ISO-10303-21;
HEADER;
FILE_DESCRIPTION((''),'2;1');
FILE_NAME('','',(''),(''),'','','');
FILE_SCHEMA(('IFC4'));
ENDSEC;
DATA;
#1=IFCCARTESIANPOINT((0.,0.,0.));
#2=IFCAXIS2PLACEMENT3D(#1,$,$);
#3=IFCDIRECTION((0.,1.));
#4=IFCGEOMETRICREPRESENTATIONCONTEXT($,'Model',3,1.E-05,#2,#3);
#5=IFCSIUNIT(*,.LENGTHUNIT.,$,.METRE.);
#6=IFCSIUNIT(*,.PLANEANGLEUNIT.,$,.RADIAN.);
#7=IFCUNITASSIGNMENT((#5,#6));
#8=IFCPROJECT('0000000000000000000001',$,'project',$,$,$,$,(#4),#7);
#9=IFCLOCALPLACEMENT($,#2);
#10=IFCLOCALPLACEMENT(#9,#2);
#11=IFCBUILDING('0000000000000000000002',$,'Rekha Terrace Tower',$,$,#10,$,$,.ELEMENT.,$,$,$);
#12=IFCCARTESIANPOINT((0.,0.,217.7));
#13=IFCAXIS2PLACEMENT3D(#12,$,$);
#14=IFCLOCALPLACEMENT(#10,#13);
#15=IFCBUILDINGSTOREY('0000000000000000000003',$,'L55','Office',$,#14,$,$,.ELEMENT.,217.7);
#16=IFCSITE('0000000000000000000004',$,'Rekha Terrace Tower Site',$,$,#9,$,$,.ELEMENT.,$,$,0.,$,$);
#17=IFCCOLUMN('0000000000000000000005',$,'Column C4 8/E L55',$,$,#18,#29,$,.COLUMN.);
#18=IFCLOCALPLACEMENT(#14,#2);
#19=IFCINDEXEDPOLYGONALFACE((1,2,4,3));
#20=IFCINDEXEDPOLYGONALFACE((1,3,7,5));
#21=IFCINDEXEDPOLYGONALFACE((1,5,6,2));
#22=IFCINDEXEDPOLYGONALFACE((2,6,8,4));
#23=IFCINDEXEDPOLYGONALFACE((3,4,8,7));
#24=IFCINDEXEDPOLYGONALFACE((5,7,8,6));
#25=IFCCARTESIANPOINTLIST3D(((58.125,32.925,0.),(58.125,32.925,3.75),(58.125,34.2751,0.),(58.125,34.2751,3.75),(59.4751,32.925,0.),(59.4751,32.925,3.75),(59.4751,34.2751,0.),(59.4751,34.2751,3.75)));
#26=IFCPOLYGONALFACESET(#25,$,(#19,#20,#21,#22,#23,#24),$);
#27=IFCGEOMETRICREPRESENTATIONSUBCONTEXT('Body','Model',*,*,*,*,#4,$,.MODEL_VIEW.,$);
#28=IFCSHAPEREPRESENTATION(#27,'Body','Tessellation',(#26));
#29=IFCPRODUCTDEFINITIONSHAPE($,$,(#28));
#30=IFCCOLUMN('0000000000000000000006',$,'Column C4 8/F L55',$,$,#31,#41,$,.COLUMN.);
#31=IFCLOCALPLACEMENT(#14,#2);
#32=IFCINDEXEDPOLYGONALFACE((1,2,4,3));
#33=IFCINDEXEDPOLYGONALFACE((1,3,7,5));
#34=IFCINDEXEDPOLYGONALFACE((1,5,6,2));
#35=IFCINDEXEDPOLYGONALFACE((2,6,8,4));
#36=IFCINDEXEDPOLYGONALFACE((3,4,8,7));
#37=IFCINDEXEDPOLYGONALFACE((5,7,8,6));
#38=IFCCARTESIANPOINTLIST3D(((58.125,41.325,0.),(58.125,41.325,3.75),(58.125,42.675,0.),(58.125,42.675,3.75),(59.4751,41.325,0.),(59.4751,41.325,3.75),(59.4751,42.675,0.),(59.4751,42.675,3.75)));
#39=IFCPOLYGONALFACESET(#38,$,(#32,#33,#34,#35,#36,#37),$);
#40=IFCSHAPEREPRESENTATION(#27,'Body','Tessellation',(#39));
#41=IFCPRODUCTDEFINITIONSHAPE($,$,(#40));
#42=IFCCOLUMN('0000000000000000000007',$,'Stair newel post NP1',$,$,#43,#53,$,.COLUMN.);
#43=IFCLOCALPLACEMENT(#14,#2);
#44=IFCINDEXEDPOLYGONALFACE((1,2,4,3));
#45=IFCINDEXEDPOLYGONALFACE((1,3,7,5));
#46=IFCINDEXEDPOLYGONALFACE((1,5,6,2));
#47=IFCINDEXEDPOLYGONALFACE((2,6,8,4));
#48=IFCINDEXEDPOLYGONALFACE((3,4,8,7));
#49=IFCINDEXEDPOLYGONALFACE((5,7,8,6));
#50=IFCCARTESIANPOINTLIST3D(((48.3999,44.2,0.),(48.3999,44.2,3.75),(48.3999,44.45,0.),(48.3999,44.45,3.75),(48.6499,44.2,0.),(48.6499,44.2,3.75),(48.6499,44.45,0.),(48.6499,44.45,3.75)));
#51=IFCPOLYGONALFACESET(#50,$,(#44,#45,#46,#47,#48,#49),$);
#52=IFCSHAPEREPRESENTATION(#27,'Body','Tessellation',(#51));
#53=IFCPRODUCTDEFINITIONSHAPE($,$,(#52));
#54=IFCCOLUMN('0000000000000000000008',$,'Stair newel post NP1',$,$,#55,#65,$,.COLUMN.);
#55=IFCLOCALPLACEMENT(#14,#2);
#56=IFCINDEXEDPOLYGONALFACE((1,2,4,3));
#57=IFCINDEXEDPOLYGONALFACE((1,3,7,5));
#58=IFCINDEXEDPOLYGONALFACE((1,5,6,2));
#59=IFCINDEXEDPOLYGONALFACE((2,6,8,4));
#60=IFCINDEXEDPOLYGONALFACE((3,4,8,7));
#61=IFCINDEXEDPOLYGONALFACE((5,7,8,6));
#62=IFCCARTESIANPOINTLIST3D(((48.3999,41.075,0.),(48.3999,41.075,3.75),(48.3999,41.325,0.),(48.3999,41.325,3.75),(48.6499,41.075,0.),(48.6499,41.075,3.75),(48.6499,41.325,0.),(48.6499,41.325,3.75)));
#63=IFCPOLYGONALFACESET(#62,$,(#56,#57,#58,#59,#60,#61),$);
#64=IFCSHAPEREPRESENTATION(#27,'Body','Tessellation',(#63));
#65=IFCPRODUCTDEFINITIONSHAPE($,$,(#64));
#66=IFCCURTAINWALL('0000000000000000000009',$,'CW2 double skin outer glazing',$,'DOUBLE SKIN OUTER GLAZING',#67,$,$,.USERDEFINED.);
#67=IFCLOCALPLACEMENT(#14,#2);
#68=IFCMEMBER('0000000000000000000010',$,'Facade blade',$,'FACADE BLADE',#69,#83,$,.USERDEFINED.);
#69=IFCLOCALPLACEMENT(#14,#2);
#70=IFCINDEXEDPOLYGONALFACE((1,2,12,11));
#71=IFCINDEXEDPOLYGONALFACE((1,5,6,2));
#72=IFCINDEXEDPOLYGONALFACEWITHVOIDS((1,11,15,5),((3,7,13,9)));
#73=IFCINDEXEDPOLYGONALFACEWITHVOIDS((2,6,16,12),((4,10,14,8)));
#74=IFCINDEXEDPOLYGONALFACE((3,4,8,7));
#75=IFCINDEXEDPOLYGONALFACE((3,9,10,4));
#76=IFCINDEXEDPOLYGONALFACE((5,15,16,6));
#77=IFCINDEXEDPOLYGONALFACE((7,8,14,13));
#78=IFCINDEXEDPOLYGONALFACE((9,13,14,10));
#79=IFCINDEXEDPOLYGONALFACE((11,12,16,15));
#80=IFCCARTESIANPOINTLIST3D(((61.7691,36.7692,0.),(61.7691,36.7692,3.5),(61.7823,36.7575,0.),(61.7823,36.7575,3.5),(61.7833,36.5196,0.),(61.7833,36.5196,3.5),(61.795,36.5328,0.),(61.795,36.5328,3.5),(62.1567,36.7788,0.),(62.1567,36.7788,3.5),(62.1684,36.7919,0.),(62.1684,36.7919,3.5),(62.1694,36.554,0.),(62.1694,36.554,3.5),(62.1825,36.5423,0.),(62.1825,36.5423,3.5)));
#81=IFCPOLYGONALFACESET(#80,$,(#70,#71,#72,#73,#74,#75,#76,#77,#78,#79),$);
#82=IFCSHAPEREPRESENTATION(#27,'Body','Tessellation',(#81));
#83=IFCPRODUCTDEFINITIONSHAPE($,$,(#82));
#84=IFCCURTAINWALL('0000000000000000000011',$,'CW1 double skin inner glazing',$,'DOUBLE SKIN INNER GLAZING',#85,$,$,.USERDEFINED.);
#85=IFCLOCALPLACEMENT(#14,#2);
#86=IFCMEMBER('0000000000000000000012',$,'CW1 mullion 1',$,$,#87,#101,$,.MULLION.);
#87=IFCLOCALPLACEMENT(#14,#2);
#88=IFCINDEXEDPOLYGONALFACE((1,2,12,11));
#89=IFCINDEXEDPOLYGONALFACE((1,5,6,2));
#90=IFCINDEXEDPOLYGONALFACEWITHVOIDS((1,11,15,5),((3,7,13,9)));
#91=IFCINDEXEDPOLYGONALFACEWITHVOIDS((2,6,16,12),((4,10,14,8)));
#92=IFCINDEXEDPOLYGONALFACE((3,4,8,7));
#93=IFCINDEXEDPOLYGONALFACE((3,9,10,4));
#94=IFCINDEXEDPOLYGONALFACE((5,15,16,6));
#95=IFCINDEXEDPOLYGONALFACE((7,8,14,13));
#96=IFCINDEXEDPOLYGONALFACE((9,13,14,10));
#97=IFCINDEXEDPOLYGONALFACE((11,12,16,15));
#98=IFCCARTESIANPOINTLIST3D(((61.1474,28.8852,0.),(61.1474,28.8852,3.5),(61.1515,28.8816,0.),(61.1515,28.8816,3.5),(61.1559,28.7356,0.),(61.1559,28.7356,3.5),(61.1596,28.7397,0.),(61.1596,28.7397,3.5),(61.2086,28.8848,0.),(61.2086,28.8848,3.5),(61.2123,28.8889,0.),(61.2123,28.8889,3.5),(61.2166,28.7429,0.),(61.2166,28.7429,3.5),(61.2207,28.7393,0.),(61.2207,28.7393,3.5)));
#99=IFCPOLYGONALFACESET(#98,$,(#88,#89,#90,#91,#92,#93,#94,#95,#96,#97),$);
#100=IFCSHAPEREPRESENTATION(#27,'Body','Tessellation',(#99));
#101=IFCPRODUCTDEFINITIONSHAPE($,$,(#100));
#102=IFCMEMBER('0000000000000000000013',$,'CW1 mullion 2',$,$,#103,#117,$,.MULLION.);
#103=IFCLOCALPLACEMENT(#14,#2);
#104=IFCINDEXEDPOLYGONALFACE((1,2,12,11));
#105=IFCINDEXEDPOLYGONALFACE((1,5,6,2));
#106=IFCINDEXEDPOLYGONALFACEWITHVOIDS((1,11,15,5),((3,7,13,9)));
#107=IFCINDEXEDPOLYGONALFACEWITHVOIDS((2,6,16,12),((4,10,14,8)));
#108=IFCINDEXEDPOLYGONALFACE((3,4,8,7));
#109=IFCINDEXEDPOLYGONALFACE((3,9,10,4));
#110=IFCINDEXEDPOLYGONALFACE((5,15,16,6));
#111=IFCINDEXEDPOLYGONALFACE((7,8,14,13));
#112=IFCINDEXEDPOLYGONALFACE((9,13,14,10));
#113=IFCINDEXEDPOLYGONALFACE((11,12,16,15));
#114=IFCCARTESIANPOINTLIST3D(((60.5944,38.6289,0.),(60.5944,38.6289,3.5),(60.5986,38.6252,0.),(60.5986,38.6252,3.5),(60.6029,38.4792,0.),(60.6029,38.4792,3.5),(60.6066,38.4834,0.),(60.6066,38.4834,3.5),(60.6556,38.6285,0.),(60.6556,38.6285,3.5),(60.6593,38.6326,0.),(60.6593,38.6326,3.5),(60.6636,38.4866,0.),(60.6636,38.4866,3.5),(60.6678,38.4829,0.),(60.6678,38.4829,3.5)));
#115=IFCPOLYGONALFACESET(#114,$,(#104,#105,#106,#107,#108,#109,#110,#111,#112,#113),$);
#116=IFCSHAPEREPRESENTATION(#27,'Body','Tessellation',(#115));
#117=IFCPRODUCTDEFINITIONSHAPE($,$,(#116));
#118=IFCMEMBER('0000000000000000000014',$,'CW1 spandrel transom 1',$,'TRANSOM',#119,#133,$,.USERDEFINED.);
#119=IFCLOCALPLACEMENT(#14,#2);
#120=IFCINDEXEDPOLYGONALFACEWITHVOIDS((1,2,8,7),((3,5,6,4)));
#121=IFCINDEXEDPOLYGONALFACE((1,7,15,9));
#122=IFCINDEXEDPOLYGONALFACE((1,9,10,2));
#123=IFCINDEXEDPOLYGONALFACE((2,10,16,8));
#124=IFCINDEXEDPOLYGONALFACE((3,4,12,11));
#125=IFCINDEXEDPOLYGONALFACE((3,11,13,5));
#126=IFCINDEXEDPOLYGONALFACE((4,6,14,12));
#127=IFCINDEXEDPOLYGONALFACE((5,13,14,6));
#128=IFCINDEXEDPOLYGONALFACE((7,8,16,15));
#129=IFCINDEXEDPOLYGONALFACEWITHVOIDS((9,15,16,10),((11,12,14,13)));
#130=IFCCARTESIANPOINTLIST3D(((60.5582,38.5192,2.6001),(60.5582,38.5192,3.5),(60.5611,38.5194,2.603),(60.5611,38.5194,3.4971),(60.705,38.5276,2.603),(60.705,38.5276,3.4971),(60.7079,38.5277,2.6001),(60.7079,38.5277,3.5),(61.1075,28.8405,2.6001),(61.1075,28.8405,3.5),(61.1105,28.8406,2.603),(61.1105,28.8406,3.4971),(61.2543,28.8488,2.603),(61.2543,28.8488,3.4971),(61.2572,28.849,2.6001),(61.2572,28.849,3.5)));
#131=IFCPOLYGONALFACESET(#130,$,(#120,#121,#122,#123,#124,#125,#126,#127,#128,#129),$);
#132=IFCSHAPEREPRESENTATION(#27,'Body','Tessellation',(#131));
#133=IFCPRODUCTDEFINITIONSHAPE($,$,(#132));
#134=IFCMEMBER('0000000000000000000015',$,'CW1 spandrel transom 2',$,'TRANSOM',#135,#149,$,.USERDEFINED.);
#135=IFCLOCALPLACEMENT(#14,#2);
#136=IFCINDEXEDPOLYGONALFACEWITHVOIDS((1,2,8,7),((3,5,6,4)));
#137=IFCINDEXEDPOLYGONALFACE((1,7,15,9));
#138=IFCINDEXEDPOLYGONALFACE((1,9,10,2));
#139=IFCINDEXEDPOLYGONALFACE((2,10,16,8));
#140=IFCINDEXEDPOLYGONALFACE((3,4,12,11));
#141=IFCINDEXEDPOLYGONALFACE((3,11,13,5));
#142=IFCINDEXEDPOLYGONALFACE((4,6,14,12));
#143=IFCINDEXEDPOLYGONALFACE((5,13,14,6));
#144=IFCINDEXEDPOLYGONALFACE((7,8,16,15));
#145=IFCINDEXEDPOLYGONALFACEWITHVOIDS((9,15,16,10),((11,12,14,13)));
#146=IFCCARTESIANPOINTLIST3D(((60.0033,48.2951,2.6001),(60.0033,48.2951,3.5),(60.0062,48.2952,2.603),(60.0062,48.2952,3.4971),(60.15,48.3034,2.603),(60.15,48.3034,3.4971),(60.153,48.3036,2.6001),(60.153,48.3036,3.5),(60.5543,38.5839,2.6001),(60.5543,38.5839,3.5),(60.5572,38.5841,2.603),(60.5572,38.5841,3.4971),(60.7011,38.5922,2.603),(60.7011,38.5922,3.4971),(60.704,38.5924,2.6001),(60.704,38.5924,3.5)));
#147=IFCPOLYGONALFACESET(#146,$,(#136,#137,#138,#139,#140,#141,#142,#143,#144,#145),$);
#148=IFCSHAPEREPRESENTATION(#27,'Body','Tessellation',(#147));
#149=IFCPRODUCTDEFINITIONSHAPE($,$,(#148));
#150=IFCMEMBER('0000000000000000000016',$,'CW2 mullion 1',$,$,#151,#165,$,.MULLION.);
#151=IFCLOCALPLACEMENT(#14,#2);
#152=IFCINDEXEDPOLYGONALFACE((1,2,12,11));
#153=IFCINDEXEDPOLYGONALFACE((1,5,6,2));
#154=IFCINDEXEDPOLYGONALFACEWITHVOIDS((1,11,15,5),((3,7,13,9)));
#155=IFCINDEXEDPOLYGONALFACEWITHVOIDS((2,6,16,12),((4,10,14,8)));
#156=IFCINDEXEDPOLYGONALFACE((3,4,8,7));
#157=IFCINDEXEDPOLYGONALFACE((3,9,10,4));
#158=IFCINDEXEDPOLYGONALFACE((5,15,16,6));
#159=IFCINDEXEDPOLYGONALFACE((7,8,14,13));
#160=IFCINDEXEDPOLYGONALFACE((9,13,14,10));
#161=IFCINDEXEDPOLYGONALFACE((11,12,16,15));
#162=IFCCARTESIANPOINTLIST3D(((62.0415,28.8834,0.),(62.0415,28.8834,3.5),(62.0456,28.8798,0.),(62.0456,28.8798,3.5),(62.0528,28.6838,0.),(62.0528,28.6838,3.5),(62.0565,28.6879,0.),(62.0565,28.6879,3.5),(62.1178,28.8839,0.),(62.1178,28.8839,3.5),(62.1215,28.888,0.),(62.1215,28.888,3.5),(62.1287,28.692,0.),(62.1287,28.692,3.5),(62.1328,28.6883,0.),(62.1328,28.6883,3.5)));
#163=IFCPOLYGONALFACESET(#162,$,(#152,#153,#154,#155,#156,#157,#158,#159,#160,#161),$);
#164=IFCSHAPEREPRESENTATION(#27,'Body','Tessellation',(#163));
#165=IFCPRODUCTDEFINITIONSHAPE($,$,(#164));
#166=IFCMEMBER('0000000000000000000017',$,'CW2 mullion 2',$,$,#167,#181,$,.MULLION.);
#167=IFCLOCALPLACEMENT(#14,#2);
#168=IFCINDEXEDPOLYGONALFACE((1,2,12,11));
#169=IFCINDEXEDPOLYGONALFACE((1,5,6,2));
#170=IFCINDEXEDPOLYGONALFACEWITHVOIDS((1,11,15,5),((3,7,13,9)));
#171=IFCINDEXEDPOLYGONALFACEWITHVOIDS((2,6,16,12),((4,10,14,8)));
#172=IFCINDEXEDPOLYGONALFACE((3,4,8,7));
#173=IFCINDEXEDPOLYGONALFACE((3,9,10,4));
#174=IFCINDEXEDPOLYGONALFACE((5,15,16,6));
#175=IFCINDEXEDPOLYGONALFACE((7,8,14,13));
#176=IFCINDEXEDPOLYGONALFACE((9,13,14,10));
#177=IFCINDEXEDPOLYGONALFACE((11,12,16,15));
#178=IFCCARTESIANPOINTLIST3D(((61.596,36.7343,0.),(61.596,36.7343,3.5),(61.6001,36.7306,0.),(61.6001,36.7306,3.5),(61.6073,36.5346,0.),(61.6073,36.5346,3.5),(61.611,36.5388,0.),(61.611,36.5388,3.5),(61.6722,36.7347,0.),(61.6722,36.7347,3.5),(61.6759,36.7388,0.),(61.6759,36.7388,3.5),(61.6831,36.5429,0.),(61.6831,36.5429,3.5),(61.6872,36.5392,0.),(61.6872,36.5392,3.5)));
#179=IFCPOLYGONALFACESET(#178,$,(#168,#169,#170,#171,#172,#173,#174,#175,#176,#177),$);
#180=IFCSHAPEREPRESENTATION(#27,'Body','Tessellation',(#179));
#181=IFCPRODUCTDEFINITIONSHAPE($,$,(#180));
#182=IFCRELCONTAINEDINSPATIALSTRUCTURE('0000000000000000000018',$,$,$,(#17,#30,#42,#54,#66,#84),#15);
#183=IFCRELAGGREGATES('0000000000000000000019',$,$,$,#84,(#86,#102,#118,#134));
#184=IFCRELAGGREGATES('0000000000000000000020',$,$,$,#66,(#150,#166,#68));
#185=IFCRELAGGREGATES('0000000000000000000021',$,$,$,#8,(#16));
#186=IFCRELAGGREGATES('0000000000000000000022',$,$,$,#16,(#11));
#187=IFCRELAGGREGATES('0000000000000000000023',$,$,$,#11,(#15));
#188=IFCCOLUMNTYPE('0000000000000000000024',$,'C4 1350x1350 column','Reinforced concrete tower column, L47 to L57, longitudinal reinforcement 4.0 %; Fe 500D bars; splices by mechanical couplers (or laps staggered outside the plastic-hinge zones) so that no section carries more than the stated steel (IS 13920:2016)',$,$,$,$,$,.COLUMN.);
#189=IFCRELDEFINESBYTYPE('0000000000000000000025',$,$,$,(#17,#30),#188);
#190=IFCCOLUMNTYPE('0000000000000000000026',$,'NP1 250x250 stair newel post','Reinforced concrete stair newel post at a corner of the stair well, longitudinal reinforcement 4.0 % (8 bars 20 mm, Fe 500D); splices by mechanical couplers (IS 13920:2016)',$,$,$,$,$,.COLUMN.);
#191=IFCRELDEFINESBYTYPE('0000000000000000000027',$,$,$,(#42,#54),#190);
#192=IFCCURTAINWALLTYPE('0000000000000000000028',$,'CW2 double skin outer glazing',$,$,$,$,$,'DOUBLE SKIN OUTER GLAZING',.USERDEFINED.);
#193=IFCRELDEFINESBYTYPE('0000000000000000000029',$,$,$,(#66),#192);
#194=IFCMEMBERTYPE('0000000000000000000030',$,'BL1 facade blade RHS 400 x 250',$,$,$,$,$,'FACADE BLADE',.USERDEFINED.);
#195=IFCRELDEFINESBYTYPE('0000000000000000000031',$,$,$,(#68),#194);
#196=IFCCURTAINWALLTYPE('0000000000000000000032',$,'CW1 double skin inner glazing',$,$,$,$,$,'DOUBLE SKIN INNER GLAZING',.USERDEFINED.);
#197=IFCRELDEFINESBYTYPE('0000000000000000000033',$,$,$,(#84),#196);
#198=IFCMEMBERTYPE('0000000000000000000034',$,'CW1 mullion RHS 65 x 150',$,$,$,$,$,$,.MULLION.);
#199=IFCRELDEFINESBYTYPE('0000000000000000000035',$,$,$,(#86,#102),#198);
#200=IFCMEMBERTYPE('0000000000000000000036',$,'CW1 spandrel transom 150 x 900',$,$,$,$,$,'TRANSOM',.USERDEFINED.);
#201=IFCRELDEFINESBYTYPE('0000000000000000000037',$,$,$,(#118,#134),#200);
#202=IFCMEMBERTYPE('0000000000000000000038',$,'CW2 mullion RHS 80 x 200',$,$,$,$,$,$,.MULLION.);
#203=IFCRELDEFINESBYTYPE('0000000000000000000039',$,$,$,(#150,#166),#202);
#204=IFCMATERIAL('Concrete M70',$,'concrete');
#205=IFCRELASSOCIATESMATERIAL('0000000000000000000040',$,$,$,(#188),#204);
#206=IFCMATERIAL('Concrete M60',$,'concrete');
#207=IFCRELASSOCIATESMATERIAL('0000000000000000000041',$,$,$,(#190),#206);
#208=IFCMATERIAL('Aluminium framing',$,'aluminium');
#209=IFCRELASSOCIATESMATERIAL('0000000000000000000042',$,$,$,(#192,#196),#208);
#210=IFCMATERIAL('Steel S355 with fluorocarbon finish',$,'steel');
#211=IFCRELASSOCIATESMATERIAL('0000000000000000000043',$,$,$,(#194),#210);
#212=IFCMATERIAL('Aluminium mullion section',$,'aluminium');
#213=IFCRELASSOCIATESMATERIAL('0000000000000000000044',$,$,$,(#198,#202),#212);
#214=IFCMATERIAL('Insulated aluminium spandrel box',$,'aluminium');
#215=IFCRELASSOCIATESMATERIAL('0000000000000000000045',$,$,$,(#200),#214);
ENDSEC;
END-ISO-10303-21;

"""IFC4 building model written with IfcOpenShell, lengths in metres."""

from ifc_helpers import new_model, si_unit, direction, frame, origin, origin_2d, place, context, subcontext, project, spatial, rectangle, hollow_rectangle, extrude, material, material_profile, profile_set, type_object, element, aggregate, save


model = new_model("IFC4")

# Units and contexts
model_context = context("Model", 3, precision=1e-05, world=origin(), true_north=direction((0.0, 1.0)))
body_context = subcontext(model_context, "Body", "Model", "MODEL_VIEW")
ifc_project = project(units=[si_unit("LENGTHUNIT", "METRE"), si_unit("PLANEANGLEUNIT", "RADIAN")], contexts=[model_context])

# Site, building, storey
site_placement = place(None, origin())
site = spatial("IfcSite", under=ifc_project, at=site_placement, Name="Rekha Terrace Tower Site", CompositionType="ELEMENT", RefElevation=0.0)
building_placement = place(site_placement, origin())
building = spatial("IfcBuilding", under=site, at=building_placement, Name="Rekha Terrace Tower", CompositionType="ELEMENT")
storey_placement = place(building_placement, frame((0.0, 0.0, 217.7)))
storey = spatial("IfcBuildingStorey", under=building, at=storey_placement, Name="L55", Description="Office", CompositionType="ELEMENT", Elevation=217.7)

# Columns
ifc_material_1 = material(Name="Concrete M70", Category="concrete")
ifc_material_profile_1 = material_profile(ifc_material_1, rectangle(XDim=1.3501, YDim=1.3501, at=origin_2d()), Name="RC 1350x1350")
ifc_profile_set_1 = profile_set([ifc_material_profile_1], Name="Concrete M70")
column_type_1 = type_object("IfcColumnType", Name="C4 1350x1350 column", Description="Reinforced concrete tower column, L47 to L57, longitudinal reinforcement 4.0 %; Fe 500D bars; splices by mechanical couplers (or laps staggered outside the plastic-hinge zones) so that no section carries more than the stated steel (IS 13920:2016)", PredefinedType="COLUMN", material=ifc_profile_set_1)
for number, where, z_axis, x_axis, name in (
    (1, (58.8, 33.6001, 0.0), (0.0, 0.0, 1.0), (1.0, 0.0, 0.0), "Column C4 8/E L55"),
    (2, (58.8, 42.0, 0.0), (0.0, 0.0, 1.0), (1.0, 0.0, 0.0), "Column C4 8/F L55"),
):
    element("IfcColumn", number, at=place(storey_placement, frame(where, z_axis=z_axis, x_axis=x_axis)), inside=storey, type_object=column_type_1, Name=name, PredefinedType="COLUMN", context=body_context, shape_type="SweptSolid", body=[
        extrude(rectangle(XDim=1.3501, YDim=1.3501, at=origin_2d()), origin(), (0.0, 0.0, 1.0), 3.75),
    ])
ifc_material_2 = material(Name="Concrete M60", Category="concrete")
ifc_material_profile_2 = material_profile(ifc_material_2, rectangle(XDim=0.25, YDim=0.25, at=origin_2d()), Name="RC 250x250")
ifc_profile_set_2 = profile_set([ifc_material_profile_2], Name="Concrete M60")
column_type_2 = type_object("IfcColumnType", Name="NP1 250x250 stair newel post", Description="Reinforced concrete stair newel post at a corner of the stair well, longitudinal reinforcement 4.0 % (8 bars 20 mm, Fe 500D); splices by mechanical couplers (IS 13920:2016)", PredefinedType="COLUMN", material=ifc_profile_set_2)
for number, where, z_axis, x_axis, name in (
    (3, (48.5249, 44.325, 0.0), (0.0, 0.0, 1.0), (1.0, 0.0, 0.0), "Stair newel post NP1"),
    (4, (48.5249, 41.2, 0.0), (0.0, 0.0, 1.0), (1.0, 0.0, 0.0), "Stair newel post NP1"),
):
    element("IfcColumn", number, at=place(storey_placement, frame(where, z_axis=z_axis, x_axis=x_axis)), inside=storey, type_object=column_type_2, Name=name, PredefinedType="COLUMN", context=body_context, shape_type="SweptSolid", body=[
        extrude(rectangle(XDim=0.25, YDim=0.25, at=origin_2d()), origin(), (0.0, 0.0, 1.0), 3.75),
    ])

# Curtain wall, member
ifc_material_3 = material(Name="Aluminium framing", Category="aluminium")
curtain_wall_type_1 = type_object("IfcCurtainWallType", Name="CW2 double skin outer glazing", ElementType="DOUBLE SKIN OUTER GLAZING", PredefinedType="USERDEFINED", material=ifc_material_3)
curtain_wall_1_placement = place(storey_placement, origin())
curtain_wall_1 = element("IfcCurtainWall", 5, at=curtain_wall_1_placement, inside=storey, type_object=curtain_wall_type_1, Name="CW2 double skin outer glazing", ObjectType="DOUBLE SKIN OUTER GLAZING", PredefinedType="USERDEFINED")
ifc_material_4 = material(Name="Steel S355 with fluorocarbon finish", Category="steel")
ifc_material_profile_3 = material_profile(ifc_material_4, hollow_rectangle(XDim=0.25, YDim=0.3999, WallThickness=0.0125, at=origin_2d()), Name="RHS400x250x12.5")
ifc_profile_set_3 = profile_set([ifc_material_profile_3], Name="Steel S355 with fluorocarbon finish")
member_type_1 = type_object("IfcMemberType", Name="BL1 facade blade RHS 400 x 250", ElementType="FACADE BLADE", PredefinedType="USERDEFINED", material=ifc_profile_set_3)
member_1_placement = place(storey_placement, frame((61.9758, 36.6558, 0.0), z_axis=(0.0, 0.0, 1.0), x_axis=(-0.056674, 0.998393, 0.0)))
member_1 = element("IfcMember", 6, at=member_1_placement, type_object=member_type_1, Name="Facade blade", ObjectType="FACADE BLADE", PredefinedType="USERDEFINED", context=body_context, shape_type="SweptSolid", body=[
    extrude(hollow_rectangle(XDim=0.25, YDim=0.3999, WallThickness=0.0125, at=origin_2d()), origin(), (0.0, 0.0, 1.0), 3.5),
])

# Curtain wall, members
curtain_wall_type_2 = type_object("IfcCurtainWallType", Name="CW1 double skin inner glazing", ElementType="DOUBLE SKIN INNER GLAZING", PredefinedType="USERDEFINED", material=ifc_material_3)
curtain_wall_2_placement = place(storey_placement, origin())
curtain_wall_2 = element("IfcCurtainWall", 7, at=curtain_wall_2_placement, inside=storey, type_object=curtain_wall_type_2, Name="CW1 double skin inner glazing", ObjectType="DOUBLE SKIN INNER GLAZING", PredefinedType="USERDEFINED")
ifc_material_5 = material(Name="Aluminium mullion section", Category="aluminium")
ifc_material_profile_4 = material_profile(ifc_material_5, hollow_rectangle(XDim=0.0649, YDim=0.1499, WallThickness=0.0039, at=origin_2d()), Name="AL RHS 65x150")
ifc_profile_set_4 = profile_set([ifc_material_profile_4], Name="Aluminium mullion section")
member_type_2 = type_object("IfcMemberType", Name="CW1 mullion RHS 65 x 150", PredefinedType="MULLION", material=ifc_profile_set_4)
member_2_placement = place(storey_placement, frame((61.1841, 28.8123, 0.0), z_axis=(0.0, 0.0, 1.0), x_axis=(-0.998393, -0.056673, 0.0)))
member_2 = element("IfcMember", 8, at=member_2_placement, type_object=member_type_2, Name="CW1 mullion 1", PredefinedType="MULLION", context=body_context, shape_type="SweptSolid", body=[
    extrude(hollow_rectangle(XDim=0.0649, YDim=0.1499, WallThickness=0.0039, at=origin_2d()), origin(), (0.0, 0.0, 1.0), 3.5),
])
member_3_placement = place(storey_placement, frame((60.6311, 38.5559, 0.0), z_axis=(0.0, 0.0, 1.0), x_axis=(-0.998393, -0.056673, 0.0)))
member_3 = element("IfcMember", 9, at=member_3_placement, type_object=member_type_2, Name="CW1 mullion 2", PredefinedType="MULLION", context=body_context, shape_type="SweptSolid", body=[
    extrude(hollow_rectangle(XDim=0.0649, YDim=0.1499, WallThickness=0.0039, at=origin_2d()), origin(), (0.0, 0.0, 1.0), 3.5),
])
ifc_material_6 = material(Name="Insulated aluminium spandrel box", Category="aluminium")
ifc_material_profile_5 = material_profile(ifc_material_6, hollow_rectangle(XDim=0.1499, YDim=0.8999, WallThickness=0.0029, at=origin_2d()), Name="AL SPANDREL BOX 150x900")
ifc_profile_set_5 = profile_set([ifc_material_profile_5], Name="Insulated aluminium spandrel box")
member_type_3 = type_object("IfcMemberType", Name="CW1 spandrel transom 150 x 900", ElementType="TRANSOM", PredefinedType="USERDEFINED", material=ifc_profile_set_5)
member_4_placement = place(storey_placement, frame((61.1824, 28.8447, 3.05), z_axis=(-0.056664, 0.998393, 0.0), x_axis=(-0.998393, -0.056664, 0.0)))
member_4 = element("IfcMember", 10, at=member_4_placement, type_object=member_type_3, Name="CW1 spandrel transom 1", ObjectType="TRANSOM", PredefinedType="USERDEFINED", context=body_context, shape_type="SweptSolid", body=[
    extrude(hollow_rectangle(XDim=0.1499, YDim=0.8999, WallThickness=0.0029, at=origin_2d()), origin(), (0.0, 0.0, 1.0), 9.6943),
])
member_5_placement = place(storey_placement, frame((60.6292, 38.5881, 3.05), z_axis=(-0.05665, 0.998394, 0.0), x_axis=(-0.998394, -0.05665, 0.0)))
member_5 = element("IfcMember", 11, at=member_5_placement, type_object=member_type_3, Name="CW1 spandrel transom 2", ObjectType="TRANSOM", PredefinedType="USERDEFINED", context=body_context, shape_type="SweptSolid", body=[
    extrude(hollow_rectangle(XDim=0.1499, YDim=0.8999, WallThickness=0.0029, at=origin_2d()), origin(), (0.0, 0.0, 1.0), 9.7268),
])

# Members
ifc_material_profile_6 = material_profile(ifc_material_5, hollow_rectangle(XDim=0.0801, YDim=0.2, WallThickness=0.0039, at=origin_2d()), Name="AL RHS 80x200")
ifc_profile_set_6 = profile_set([ifc_material_profile_6], Name="Aluminium mullion section")
member_type_4 = type_object("IfcMemberType", Name="CW2 mullion RHS 80 x 200", PredefinedType="MULLION", material=ifc_profile_set_6)
member_6_placement = place(storey_placement, frame((62.0872, 28.7859, 0.0), z_axis=(0.0, 0.0, 1.0), x_axis=(-0.998393, -0.056673, 0.0)))
member_6 = element("IfcMember", 12, at=member_6_placement, type_object=member_type_4, Name="CW2 mullion 1", PredefinedType="MULLION", context=body_context, shape_type="SweptSolid", body=[
    extrude(hollow_rectangle(XDim=0.0801, YDim=0.2, WallThickness=0.0039, at=origin_2d()), origin(), (0.0, 0.0, 1.0), 3.5),
])
member_7_placement = place(storey_placement, frame((61.6416, 36.6367, 0.0), z_axis=(0.0, 0.0, 1.0), x_axis=(-0.998393, -0.056673, 0.0)))
member_7 = element("IfcMember", 13, at=member_7_placement, type_object=member_type_4, Name="CW2 mullion 2", PredefinedType="MULLION", context=body_context, shape_type="SweptSolid", body=[
    extrude(hollow_rectangle(XDim=0.0801, YDim=0.2, WallThickness=0.0039, at=origin_2d()), origin(), (0.0, 0.0, 1.0), 3.5),
])

aggregate(curtain_wall_2, [member_2, member_3, member_4, member_5])
aggregate(curtain_wall_1, [member_6, member_7, member_1])

save(model, "model.ifc")
